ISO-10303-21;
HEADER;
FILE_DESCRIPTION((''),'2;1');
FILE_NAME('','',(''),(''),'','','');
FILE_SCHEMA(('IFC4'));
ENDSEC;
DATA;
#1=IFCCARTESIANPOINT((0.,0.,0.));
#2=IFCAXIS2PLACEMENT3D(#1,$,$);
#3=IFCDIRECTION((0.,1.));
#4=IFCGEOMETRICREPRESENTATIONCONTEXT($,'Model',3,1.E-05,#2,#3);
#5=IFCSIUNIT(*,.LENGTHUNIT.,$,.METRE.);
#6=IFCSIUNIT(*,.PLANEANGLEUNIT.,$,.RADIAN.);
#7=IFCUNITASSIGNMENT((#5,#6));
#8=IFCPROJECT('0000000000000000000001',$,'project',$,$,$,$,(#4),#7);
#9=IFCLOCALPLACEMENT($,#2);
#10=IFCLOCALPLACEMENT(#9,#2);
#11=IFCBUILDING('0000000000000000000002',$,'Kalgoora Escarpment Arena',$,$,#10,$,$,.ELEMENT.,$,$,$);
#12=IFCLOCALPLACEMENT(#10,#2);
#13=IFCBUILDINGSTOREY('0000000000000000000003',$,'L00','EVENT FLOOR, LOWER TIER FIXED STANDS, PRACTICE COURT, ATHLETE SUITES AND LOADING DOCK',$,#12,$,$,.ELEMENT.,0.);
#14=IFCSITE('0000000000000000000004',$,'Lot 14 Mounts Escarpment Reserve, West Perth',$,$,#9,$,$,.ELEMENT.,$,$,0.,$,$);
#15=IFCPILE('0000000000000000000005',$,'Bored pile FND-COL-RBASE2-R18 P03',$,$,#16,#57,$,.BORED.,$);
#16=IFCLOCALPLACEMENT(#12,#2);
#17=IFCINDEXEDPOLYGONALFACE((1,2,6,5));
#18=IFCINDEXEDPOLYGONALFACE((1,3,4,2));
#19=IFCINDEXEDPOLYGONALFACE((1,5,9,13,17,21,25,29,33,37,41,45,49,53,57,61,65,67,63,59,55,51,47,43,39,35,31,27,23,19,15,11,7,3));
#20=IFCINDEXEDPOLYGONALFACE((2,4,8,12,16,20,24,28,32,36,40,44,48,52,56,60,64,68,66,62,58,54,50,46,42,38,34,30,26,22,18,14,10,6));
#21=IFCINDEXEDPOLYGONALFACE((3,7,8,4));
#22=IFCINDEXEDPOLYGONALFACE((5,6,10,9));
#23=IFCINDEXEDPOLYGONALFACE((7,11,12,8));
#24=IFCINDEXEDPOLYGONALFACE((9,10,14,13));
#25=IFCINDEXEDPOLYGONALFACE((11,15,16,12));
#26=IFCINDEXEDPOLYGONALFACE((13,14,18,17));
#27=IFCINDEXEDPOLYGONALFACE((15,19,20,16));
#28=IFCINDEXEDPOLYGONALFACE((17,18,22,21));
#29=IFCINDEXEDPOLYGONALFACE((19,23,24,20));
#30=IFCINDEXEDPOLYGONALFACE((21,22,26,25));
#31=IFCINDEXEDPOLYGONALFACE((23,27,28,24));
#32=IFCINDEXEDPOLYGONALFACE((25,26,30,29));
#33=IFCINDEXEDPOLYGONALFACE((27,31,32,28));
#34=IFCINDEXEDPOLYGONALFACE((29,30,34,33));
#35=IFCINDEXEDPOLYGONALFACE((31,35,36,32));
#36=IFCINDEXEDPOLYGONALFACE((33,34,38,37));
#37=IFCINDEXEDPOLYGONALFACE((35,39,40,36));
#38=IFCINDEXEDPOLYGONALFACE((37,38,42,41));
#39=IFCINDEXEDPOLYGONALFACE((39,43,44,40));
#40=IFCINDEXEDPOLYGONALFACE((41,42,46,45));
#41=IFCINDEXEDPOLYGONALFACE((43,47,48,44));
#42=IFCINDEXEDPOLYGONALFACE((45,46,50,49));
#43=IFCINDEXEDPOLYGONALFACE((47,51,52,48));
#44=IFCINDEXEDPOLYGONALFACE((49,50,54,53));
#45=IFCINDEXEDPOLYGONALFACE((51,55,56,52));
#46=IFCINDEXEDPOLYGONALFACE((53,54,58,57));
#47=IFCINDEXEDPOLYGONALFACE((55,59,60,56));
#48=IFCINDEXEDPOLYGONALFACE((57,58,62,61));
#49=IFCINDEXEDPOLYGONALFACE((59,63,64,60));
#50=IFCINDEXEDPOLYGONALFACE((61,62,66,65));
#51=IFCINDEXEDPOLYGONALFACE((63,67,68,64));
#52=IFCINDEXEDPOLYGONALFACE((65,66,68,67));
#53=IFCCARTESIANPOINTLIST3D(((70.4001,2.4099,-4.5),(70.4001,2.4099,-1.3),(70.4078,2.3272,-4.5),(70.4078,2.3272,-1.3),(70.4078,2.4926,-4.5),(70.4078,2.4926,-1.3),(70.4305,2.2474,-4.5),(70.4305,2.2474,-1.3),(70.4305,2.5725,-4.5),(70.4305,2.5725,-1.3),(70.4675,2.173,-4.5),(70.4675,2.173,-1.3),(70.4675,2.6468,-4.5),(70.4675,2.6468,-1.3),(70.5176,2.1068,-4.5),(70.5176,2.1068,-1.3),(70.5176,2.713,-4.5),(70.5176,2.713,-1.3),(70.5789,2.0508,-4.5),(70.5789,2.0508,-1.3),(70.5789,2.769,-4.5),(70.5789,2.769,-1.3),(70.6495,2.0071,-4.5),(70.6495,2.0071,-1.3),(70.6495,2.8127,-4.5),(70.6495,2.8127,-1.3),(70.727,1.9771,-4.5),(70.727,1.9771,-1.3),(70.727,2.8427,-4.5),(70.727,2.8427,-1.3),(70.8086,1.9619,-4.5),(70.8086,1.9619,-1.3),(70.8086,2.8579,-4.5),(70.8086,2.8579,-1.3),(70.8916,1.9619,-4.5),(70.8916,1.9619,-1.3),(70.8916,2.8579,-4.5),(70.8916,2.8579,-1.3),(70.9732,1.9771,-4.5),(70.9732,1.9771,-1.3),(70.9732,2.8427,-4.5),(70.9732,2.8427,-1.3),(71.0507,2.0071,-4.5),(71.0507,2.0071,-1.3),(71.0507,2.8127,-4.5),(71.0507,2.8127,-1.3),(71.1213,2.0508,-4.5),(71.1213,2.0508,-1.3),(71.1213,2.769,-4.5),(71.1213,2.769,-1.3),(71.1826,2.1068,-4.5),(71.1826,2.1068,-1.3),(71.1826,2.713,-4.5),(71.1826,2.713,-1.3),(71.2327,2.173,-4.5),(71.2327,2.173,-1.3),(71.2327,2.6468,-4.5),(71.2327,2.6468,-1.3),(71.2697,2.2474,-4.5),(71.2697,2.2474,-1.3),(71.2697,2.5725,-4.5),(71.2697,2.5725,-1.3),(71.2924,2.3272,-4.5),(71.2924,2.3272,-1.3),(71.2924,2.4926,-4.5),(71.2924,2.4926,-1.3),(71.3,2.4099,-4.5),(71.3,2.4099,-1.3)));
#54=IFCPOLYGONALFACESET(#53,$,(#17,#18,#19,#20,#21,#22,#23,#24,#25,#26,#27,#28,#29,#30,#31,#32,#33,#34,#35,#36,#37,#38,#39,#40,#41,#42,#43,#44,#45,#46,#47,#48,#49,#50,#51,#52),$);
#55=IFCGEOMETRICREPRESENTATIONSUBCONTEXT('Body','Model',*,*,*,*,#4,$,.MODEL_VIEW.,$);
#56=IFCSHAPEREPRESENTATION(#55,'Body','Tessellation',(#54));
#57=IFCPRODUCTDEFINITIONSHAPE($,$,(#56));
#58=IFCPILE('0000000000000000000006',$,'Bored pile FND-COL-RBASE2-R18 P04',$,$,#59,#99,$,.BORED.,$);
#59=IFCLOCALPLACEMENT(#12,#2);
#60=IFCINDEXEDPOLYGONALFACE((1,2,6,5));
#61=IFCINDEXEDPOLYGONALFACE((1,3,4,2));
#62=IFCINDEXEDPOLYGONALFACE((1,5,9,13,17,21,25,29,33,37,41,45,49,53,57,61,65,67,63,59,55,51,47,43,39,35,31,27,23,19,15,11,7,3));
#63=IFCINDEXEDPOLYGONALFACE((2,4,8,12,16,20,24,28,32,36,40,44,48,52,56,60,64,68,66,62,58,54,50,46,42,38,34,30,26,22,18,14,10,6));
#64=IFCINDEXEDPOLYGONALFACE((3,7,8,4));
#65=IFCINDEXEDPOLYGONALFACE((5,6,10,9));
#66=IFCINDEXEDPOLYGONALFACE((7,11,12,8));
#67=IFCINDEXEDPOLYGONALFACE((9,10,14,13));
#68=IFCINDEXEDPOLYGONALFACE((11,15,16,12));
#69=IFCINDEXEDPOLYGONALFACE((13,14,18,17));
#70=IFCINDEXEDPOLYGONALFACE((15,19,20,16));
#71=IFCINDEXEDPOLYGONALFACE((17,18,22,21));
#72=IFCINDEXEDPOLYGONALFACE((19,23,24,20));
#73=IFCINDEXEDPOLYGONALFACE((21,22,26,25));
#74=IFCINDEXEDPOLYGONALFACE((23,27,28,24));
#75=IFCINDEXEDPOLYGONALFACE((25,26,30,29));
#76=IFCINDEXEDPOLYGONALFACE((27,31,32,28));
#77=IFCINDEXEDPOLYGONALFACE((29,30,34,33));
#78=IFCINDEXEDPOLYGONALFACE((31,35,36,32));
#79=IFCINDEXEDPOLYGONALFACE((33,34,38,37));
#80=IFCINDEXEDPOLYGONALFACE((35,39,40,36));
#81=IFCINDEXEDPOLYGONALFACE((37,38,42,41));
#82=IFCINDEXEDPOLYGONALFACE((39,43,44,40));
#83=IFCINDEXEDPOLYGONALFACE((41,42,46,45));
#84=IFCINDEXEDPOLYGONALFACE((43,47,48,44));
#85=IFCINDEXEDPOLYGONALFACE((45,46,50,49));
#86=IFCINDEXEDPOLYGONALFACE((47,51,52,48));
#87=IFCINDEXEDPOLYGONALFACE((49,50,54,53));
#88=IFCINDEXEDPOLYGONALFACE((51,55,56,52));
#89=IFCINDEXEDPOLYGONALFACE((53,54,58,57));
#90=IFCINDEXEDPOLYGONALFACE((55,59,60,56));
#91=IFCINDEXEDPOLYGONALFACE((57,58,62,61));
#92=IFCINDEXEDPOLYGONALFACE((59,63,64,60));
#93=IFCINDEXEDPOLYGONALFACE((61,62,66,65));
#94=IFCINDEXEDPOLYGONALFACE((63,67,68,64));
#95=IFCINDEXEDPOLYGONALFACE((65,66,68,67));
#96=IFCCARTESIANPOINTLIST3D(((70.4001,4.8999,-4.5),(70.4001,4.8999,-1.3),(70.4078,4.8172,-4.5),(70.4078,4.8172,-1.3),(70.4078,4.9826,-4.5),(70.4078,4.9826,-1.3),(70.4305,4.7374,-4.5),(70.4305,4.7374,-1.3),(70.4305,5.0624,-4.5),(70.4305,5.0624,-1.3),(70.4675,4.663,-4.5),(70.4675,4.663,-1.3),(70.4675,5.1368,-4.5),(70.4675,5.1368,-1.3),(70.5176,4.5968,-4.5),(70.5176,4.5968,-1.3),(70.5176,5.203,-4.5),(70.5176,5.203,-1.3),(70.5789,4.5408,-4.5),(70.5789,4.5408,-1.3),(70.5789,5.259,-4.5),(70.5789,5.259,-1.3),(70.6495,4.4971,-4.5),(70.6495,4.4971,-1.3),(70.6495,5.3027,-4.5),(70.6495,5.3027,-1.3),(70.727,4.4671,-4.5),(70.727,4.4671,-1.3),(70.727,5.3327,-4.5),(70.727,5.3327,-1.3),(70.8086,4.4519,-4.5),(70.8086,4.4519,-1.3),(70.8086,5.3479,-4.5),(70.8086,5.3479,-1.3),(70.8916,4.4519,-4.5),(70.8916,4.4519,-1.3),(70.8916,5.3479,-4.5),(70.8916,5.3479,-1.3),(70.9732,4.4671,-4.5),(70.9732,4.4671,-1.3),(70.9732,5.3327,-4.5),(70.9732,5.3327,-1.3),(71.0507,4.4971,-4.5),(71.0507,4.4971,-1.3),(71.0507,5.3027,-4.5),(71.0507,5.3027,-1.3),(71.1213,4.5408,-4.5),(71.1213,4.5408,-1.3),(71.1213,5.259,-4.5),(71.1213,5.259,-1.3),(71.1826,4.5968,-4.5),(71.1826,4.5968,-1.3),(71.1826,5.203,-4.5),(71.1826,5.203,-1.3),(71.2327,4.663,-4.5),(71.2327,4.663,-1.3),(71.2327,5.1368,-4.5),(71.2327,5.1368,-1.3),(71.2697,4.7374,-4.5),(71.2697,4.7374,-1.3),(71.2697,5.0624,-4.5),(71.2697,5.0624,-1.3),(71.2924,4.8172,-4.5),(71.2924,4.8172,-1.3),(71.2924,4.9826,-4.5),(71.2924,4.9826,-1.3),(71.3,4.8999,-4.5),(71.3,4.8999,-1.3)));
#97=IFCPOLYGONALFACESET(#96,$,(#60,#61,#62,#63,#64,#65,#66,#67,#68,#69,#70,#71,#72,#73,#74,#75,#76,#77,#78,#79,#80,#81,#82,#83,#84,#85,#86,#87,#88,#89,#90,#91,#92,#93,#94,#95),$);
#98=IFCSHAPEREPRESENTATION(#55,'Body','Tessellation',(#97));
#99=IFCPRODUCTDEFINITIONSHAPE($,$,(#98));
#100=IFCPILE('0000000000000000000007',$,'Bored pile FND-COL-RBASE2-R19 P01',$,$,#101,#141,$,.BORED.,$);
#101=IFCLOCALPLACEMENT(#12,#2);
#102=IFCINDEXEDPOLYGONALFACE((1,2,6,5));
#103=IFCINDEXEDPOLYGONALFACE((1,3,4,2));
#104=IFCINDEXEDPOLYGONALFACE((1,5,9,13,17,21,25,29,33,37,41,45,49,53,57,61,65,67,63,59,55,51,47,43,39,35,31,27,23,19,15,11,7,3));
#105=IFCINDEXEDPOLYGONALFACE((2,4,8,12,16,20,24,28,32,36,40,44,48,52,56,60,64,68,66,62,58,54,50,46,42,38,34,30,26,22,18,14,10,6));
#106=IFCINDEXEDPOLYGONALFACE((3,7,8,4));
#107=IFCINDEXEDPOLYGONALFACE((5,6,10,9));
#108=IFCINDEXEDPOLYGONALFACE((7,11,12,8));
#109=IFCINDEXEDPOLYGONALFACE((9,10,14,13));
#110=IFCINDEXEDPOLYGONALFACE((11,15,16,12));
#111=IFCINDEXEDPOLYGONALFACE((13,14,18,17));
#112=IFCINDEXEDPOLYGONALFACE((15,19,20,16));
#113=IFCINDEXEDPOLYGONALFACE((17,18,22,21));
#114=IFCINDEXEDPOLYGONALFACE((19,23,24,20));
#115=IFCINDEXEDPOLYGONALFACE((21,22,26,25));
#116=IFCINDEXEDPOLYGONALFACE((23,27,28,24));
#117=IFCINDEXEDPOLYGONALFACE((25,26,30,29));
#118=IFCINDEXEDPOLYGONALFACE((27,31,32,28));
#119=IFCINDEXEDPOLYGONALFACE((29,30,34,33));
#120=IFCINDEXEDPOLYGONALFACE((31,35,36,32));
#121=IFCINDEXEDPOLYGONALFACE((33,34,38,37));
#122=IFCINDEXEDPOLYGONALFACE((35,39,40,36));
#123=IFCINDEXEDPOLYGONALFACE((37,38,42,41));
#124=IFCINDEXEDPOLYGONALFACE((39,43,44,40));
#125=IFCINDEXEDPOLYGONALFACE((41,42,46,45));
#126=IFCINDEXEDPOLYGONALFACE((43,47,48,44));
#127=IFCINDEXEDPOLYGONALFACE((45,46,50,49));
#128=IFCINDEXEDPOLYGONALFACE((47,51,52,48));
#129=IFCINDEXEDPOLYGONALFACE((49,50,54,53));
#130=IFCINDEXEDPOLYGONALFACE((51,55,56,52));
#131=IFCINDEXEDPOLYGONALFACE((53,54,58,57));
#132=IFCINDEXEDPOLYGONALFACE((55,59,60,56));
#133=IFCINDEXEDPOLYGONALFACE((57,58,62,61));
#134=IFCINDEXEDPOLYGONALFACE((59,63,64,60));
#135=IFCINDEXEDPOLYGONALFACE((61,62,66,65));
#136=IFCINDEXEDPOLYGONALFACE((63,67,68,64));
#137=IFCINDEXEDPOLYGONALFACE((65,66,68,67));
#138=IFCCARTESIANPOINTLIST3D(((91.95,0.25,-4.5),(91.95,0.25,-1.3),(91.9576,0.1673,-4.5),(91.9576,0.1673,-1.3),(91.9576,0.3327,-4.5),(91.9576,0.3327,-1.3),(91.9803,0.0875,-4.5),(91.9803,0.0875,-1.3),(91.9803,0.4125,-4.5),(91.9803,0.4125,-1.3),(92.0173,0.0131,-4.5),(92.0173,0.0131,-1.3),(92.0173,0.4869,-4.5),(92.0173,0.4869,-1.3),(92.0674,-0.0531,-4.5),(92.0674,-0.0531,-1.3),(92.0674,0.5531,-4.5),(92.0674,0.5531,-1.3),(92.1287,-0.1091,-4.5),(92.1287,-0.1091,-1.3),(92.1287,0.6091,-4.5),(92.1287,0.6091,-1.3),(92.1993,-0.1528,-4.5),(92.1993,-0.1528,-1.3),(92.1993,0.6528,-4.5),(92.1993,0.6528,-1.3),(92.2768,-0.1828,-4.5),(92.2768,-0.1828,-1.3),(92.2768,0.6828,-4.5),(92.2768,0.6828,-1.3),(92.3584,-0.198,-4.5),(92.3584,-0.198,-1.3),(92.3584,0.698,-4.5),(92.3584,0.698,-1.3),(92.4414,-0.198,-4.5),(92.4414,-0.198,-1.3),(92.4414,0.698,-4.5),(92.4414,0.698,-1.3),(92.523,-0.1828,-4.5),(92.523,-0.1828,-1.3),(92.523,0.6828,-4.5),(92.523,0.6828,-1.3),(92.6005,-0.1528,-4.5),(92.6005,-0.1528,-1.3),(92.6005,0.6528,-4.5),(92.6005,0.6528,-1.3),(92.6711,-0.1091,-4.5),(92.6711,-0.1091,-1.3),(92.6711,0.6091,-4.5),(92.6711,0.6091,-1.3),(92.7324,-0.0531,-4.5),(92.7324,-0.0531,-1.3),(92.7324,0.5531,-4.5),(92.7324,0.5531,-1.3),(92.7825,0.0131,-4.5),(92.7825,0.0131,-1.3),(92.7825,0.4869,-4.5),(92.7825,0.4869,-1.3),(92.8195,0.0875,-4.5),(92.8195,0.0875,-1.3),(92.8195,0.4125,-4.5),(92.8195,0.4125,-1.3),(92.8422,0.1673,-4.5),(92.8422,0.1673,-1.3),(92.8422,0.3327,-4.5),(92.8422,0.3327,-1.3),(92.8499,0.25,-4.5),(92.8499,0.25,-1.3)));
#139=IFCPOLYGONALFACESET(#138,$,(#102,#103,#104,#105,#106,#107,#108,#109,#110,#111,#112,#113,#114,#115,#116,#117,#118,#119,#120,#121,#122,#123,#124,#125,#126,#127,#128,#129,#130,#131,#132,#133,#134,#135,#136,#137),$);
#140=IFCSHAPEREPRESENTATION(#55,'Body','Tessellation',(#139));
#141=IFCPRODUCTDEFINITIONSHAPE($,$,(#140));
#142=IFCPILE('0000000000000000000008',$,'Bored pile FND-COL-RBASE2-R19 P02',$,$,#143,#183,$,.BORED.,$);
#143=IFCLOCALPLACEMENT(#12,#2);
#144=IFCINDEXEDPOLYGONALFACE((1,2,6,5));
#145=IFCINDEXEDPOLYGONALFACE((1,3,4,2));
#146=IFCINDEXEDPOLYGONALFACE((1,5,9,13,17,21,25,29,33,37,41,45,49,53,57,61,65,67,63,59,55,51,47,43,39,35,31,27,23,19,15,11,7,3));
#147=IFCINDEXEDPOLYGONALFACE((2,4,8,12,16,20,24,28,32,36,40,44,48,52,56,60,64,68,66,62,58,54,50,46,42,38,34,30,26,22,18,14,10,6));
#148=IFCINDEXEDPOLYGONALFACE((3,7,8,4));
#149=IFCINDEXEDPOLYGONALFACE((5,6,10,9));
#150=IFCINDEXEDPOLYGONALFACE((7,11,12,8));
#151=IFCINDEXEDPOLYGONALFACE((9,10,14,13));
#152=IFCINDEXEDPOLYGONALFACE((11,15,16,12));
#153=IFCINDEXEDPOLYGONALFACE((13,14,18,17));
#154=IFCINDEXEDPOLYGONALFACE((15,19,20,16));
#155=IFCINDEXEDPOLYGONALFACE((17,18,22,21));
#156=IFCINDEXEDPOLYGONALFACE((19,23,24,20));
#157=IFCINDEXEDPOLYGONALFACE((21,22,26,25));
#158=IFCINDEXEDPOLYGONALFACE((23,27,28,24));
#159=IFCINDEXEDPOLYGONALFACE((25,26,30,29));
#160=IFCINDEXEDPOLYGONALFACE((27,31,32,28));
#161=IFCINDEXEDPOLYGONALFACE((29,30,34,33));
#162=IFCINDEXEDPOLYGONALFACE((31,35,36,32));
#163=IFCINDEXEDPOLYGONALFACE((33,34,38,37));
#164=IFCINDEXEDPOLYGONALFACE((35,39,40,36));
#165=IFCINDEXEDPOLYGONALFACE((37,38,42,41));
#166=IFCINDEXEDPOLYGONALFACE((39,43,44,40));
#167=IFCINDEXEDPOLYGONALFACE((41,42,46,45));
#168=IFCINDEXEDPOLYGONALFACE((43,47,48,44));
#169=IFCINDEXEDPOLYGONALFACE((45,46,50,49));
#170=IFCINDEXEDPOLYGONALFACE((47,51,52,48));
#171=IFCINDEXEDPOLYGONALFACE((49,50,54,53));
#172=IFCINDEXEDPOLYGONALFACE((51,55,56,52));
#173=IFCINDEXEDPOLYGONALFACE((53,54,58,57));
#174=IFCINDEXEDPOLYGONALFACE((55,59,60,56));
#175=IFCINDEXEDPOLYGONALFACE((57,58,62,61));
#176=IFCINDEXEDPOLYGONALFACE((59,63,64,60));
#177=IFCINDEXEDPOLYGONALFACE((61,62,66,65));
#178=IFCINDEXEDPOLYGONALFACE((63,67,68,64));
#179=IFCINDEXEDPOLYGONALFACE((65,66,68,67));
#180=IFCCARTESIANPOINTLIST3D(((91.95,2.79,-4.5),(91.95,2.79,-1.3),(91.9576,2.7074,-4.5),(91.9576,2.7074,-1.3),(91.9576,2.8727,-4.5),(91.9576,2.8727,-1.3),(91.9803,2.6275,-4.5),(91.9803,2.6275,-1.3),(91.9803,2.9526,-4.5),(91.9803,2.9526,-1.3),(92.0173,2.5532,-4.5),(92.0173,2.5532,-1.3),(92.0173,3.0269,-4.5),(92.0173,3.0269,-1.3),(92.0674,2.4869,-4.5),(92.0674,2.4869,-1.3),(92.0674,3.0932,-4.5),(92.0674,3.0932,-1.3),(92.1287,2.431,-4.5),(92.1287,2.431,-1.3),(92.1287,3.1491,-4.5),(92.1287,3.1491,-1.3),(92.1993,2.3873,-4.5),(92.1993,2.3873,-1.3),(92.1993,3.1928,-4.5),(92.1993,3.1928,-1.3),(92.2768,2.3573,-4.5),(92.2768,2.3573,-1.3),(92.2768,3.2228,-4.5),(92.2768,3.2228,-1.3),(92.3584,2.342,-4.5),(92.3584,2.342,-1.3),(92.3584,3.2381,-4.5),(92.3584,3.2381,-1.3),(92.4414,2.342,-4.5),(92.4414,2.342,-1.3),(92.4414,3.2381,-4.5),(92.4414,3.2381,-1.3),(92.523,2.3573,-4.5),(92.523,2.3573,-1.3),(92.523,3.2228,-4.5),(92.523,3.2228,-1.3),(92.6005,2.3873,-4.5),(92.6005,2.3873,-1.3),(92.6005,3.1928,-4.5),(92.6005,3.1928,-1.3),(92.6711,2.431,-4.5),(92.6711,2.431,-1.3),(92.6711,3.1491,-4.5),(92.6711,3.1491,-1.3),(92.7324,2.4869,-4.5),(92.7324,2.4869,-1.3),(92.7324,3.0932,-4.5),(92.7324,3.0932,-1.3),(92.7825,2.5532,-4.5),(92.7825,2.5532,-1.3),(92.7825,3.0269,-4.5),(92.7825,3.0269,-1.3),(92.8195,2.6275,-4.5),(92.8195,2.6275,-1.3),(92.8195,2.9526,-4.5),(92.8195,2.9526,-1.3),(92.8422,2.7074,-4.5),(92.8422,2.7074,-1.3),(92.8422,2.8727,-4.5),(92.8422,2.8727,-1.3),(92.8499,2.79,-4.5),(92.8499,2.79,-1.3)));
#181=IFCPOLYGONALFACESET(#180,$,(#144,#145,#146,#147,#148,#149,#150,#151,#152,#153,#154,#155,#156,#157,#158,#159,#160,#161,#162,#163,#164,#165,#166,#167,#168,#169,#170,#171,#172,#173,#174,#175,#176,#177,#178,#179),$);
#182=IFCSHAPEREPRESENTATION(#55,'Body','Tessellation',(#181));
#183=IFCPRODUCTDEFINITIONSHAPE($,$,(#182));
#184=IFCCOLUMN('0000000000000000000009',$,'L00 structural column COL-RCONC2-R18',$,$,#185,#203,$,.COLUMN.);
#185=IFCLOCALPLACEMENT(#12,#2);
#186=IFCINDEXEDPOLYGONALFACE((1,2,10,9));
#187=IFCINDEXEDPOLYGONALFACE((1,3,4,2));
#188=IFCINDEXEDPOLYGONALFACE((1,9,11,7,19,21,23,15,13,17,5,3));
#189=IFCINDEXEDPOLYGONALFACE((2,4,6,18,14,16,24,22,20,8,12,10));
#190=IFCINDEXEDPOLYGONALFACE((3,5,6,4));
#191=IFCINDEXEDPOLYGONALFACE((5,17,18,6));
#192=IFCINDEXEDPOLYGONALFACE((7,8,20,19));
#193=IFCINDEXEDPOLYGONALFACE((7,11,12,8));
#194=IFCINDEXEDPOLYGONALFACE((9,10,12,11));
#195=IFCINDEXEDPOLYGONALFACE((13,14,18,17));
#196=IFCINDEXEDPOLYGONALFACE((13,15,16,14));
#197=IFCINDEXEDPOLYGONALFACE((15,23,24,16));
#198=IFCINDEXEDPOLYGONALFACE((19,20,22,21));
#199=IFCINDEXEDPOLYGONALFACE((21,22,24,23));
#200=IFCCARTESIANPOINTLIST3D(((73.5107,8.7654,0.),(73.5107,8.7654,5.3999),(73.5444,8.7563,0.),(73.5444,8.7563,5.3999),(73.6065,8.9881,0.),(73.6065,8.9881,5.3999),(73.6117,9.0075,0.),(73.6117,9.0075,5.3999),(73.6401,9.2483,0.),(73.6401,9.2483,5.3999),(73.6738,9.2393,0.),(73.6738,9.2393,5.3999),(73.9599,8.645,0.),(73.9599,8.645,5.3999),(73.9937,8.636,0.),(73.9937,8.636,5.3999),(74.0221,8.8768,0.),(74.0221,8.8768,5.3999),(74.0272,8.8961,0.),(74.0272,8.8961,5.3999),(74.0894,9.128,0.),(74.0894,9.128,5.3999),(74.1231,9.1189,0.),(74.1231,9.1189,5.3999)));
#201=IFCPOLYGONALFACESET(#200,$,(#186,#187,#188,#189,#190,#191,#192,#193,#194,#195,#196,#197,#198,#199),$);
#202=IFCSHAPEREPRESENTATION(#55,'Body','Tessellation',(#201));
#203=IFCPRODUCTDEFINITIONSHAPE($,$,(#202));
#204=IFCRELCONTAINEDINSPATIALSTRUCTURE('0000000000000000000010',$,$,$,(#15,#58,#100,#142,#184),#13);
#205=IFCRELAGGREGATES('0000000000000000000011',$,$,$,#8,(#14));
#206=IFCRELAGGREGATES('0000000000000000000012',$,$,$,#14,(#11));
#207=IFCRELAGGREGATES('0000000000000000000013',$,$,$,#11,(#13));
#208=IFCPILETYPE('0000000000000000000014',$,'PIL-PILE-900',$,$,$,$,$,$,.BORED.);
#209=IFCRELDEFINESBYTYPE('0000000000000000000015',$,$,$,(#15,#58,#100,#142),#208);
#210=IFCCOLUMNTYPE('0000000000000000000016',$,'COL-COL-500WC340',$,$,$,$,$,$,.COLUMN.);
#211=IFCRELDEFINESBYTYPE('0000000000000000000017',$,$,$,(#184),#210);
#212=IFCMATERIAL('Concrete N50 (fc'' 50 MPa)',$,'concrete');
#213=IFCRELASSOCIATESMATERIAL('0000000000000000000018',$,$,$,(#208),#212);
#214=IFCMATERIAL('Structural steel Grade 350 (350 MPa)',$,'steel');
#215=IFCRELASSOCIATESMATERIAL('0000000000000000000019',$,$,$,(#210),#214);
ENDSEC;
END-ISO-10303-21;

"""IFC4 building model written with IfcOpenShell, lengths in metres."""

from ifc_helpers import new_model, si_unit, direction, frame, origin, origin_2d, place, context, subcontext, project, spatial, circle, i_section, extrude, material, material_profile, profile_set, type_object, element, save


model = new_model("IFC4")

# Units and contexts
model_context = context("Model", 3, precision=1e-05, world=origin(), true_north=direction((0.0, 1.0)))
body_context = subcontext(model_context, "Body", "Model", "MODEL_VIEW")
ifc_project = project(units=[si_unit("LENGTHUNIT", "METRE"), si_unit("PLANEANGLEUNIT", "RADIAN")], contexts=[model_context])

# Site, building, storey
site_placement = place(None, origin())
site = spatial("IfcSite", under=ifc_project, at=site_placement, Name="Lot 14 Mounts Escarpment Reserve, West Perth", CompositionType="ELEMENT", RefElevation=0.0)
building_placement = place(site_placement, origin())
building = spatial("IfcBuilding", under=site, at=building_placement, Name="Kalgoora Escarpment Arena", CompositionType="ELEMENT")
storey_placement = place(building_placement, origin())
storey = spatial("IfcBuildingStorey", under=building, at=storey_placement, Name="L00", Description="EVENT FLOOR, LOWER TIER FIXED STANDS, PRACTICE COURT, ATHLETE SUITES AND LOADING DOCK", CompositionType="ELEMENT", Elevation=0.0)

# Piles
ifc_material_1 = material(Name="Concrete N50 (fc' 50 MPa)", Category="concrete")
ifc_material_profile_1 = material_profile(ifc_material_1, circle(Radius=0.45, at=origin_2d()))
ifc_profile_set_1 = profile_set([ifc_material_profile_1], Name="Concrete N50 (fc' 50 MPa)")
pile_type_1 = type_object("IfcPileType", Name="PIL-PILE-900", PredefinedType="BORED", material=ifc_profile_set_1)
for number, where, z_axis, x_axis, name in (
    (1, (70.8501, 2.4099, -1.3), (0.0, 0.0, -1.0), (1.0, 0.0, 0.0), "Bored pile FND-COL-RBASE2-R18 P03"),
    (2, (70.8501, 4.8999, -1.3), (0.0, 0.0, -1.0), (1.0, 0.0, 0.0), "Bored pile FND-COL-RBASE2-R18 P04"),
    (3, (92.3999, 0.25, -1.3), (0.0, 0.0, -1.0), (1.0, 0.0, 0.0), "Bored pile FND-COL-RBASE2-R19 P01"),
    (4, (92.3999, 2.79, -1.3), (0.0, 0.0, -1.0), (1.0, 0.0, 0.0), "Bored pile FND-COL-RBASE2-R19 P02"),
):
    element("IfcPile", number, at=place(storey_placement, frame(where, z_axis=z_axis, x_axis=x_axis)), inside=storey, type_object=pile_type_1, Name=name, PredefinedType="BORED", context=body_context, shape_type="SweptSolid", body=[
        extrude(circle(Radius=0.45, at=origin_2d()), origin(), (0.0, 0.0, 1.0), 3.2),
    ])

# Column
ifc_material_2 = material(Name="Structural steel Grade 350 (350 MPa)", Category="steel")
ifc_material_profile_2 = material_profile(ifc_material_2, i_section(OverallWidth=0.5, OverallDepth=0.5, WebThickness=0.02, FlangeThickness=0.0349, at=origin_2d()))
ifc_profile_set_2 = profile_set([ifc_material_profile_2], Name="Structural steel Grade 350 (350 MPa)")
column_type_1 = type_object("IfcColumnType", Name="COL-COL-500WC340", PredefinedType="COLUMN", material=ifc_profile_set_2)
for number, where, z_axis, x_axis, name in (
    (5, (73.8169, 8.9421, 0.0), (0.0, 0.0, 1.0), (-0.258819, -0.965926, 0.0), "L00 structural column COL-RCONC2-R18"),
):
    element("IfcColumn", number, at=place(storey_placement, frame(where, z_axis=z_axis, x_axis=x_axis)), inside=storey, type_object=column_type_1, Name=name, PredefinedType="COLUMN", context=body_context, shape_type="SweptSolid", body=[
        extrude(i_section(OverallWidth=0.5, OverallDepth=0.5, WebThickness=0.02, FlangeThickness=0.0349, at=origin_2d()), origin(), (0.0, 0.0, 1.0), 5.3999),
    ])

save(model, "model.ifc")
